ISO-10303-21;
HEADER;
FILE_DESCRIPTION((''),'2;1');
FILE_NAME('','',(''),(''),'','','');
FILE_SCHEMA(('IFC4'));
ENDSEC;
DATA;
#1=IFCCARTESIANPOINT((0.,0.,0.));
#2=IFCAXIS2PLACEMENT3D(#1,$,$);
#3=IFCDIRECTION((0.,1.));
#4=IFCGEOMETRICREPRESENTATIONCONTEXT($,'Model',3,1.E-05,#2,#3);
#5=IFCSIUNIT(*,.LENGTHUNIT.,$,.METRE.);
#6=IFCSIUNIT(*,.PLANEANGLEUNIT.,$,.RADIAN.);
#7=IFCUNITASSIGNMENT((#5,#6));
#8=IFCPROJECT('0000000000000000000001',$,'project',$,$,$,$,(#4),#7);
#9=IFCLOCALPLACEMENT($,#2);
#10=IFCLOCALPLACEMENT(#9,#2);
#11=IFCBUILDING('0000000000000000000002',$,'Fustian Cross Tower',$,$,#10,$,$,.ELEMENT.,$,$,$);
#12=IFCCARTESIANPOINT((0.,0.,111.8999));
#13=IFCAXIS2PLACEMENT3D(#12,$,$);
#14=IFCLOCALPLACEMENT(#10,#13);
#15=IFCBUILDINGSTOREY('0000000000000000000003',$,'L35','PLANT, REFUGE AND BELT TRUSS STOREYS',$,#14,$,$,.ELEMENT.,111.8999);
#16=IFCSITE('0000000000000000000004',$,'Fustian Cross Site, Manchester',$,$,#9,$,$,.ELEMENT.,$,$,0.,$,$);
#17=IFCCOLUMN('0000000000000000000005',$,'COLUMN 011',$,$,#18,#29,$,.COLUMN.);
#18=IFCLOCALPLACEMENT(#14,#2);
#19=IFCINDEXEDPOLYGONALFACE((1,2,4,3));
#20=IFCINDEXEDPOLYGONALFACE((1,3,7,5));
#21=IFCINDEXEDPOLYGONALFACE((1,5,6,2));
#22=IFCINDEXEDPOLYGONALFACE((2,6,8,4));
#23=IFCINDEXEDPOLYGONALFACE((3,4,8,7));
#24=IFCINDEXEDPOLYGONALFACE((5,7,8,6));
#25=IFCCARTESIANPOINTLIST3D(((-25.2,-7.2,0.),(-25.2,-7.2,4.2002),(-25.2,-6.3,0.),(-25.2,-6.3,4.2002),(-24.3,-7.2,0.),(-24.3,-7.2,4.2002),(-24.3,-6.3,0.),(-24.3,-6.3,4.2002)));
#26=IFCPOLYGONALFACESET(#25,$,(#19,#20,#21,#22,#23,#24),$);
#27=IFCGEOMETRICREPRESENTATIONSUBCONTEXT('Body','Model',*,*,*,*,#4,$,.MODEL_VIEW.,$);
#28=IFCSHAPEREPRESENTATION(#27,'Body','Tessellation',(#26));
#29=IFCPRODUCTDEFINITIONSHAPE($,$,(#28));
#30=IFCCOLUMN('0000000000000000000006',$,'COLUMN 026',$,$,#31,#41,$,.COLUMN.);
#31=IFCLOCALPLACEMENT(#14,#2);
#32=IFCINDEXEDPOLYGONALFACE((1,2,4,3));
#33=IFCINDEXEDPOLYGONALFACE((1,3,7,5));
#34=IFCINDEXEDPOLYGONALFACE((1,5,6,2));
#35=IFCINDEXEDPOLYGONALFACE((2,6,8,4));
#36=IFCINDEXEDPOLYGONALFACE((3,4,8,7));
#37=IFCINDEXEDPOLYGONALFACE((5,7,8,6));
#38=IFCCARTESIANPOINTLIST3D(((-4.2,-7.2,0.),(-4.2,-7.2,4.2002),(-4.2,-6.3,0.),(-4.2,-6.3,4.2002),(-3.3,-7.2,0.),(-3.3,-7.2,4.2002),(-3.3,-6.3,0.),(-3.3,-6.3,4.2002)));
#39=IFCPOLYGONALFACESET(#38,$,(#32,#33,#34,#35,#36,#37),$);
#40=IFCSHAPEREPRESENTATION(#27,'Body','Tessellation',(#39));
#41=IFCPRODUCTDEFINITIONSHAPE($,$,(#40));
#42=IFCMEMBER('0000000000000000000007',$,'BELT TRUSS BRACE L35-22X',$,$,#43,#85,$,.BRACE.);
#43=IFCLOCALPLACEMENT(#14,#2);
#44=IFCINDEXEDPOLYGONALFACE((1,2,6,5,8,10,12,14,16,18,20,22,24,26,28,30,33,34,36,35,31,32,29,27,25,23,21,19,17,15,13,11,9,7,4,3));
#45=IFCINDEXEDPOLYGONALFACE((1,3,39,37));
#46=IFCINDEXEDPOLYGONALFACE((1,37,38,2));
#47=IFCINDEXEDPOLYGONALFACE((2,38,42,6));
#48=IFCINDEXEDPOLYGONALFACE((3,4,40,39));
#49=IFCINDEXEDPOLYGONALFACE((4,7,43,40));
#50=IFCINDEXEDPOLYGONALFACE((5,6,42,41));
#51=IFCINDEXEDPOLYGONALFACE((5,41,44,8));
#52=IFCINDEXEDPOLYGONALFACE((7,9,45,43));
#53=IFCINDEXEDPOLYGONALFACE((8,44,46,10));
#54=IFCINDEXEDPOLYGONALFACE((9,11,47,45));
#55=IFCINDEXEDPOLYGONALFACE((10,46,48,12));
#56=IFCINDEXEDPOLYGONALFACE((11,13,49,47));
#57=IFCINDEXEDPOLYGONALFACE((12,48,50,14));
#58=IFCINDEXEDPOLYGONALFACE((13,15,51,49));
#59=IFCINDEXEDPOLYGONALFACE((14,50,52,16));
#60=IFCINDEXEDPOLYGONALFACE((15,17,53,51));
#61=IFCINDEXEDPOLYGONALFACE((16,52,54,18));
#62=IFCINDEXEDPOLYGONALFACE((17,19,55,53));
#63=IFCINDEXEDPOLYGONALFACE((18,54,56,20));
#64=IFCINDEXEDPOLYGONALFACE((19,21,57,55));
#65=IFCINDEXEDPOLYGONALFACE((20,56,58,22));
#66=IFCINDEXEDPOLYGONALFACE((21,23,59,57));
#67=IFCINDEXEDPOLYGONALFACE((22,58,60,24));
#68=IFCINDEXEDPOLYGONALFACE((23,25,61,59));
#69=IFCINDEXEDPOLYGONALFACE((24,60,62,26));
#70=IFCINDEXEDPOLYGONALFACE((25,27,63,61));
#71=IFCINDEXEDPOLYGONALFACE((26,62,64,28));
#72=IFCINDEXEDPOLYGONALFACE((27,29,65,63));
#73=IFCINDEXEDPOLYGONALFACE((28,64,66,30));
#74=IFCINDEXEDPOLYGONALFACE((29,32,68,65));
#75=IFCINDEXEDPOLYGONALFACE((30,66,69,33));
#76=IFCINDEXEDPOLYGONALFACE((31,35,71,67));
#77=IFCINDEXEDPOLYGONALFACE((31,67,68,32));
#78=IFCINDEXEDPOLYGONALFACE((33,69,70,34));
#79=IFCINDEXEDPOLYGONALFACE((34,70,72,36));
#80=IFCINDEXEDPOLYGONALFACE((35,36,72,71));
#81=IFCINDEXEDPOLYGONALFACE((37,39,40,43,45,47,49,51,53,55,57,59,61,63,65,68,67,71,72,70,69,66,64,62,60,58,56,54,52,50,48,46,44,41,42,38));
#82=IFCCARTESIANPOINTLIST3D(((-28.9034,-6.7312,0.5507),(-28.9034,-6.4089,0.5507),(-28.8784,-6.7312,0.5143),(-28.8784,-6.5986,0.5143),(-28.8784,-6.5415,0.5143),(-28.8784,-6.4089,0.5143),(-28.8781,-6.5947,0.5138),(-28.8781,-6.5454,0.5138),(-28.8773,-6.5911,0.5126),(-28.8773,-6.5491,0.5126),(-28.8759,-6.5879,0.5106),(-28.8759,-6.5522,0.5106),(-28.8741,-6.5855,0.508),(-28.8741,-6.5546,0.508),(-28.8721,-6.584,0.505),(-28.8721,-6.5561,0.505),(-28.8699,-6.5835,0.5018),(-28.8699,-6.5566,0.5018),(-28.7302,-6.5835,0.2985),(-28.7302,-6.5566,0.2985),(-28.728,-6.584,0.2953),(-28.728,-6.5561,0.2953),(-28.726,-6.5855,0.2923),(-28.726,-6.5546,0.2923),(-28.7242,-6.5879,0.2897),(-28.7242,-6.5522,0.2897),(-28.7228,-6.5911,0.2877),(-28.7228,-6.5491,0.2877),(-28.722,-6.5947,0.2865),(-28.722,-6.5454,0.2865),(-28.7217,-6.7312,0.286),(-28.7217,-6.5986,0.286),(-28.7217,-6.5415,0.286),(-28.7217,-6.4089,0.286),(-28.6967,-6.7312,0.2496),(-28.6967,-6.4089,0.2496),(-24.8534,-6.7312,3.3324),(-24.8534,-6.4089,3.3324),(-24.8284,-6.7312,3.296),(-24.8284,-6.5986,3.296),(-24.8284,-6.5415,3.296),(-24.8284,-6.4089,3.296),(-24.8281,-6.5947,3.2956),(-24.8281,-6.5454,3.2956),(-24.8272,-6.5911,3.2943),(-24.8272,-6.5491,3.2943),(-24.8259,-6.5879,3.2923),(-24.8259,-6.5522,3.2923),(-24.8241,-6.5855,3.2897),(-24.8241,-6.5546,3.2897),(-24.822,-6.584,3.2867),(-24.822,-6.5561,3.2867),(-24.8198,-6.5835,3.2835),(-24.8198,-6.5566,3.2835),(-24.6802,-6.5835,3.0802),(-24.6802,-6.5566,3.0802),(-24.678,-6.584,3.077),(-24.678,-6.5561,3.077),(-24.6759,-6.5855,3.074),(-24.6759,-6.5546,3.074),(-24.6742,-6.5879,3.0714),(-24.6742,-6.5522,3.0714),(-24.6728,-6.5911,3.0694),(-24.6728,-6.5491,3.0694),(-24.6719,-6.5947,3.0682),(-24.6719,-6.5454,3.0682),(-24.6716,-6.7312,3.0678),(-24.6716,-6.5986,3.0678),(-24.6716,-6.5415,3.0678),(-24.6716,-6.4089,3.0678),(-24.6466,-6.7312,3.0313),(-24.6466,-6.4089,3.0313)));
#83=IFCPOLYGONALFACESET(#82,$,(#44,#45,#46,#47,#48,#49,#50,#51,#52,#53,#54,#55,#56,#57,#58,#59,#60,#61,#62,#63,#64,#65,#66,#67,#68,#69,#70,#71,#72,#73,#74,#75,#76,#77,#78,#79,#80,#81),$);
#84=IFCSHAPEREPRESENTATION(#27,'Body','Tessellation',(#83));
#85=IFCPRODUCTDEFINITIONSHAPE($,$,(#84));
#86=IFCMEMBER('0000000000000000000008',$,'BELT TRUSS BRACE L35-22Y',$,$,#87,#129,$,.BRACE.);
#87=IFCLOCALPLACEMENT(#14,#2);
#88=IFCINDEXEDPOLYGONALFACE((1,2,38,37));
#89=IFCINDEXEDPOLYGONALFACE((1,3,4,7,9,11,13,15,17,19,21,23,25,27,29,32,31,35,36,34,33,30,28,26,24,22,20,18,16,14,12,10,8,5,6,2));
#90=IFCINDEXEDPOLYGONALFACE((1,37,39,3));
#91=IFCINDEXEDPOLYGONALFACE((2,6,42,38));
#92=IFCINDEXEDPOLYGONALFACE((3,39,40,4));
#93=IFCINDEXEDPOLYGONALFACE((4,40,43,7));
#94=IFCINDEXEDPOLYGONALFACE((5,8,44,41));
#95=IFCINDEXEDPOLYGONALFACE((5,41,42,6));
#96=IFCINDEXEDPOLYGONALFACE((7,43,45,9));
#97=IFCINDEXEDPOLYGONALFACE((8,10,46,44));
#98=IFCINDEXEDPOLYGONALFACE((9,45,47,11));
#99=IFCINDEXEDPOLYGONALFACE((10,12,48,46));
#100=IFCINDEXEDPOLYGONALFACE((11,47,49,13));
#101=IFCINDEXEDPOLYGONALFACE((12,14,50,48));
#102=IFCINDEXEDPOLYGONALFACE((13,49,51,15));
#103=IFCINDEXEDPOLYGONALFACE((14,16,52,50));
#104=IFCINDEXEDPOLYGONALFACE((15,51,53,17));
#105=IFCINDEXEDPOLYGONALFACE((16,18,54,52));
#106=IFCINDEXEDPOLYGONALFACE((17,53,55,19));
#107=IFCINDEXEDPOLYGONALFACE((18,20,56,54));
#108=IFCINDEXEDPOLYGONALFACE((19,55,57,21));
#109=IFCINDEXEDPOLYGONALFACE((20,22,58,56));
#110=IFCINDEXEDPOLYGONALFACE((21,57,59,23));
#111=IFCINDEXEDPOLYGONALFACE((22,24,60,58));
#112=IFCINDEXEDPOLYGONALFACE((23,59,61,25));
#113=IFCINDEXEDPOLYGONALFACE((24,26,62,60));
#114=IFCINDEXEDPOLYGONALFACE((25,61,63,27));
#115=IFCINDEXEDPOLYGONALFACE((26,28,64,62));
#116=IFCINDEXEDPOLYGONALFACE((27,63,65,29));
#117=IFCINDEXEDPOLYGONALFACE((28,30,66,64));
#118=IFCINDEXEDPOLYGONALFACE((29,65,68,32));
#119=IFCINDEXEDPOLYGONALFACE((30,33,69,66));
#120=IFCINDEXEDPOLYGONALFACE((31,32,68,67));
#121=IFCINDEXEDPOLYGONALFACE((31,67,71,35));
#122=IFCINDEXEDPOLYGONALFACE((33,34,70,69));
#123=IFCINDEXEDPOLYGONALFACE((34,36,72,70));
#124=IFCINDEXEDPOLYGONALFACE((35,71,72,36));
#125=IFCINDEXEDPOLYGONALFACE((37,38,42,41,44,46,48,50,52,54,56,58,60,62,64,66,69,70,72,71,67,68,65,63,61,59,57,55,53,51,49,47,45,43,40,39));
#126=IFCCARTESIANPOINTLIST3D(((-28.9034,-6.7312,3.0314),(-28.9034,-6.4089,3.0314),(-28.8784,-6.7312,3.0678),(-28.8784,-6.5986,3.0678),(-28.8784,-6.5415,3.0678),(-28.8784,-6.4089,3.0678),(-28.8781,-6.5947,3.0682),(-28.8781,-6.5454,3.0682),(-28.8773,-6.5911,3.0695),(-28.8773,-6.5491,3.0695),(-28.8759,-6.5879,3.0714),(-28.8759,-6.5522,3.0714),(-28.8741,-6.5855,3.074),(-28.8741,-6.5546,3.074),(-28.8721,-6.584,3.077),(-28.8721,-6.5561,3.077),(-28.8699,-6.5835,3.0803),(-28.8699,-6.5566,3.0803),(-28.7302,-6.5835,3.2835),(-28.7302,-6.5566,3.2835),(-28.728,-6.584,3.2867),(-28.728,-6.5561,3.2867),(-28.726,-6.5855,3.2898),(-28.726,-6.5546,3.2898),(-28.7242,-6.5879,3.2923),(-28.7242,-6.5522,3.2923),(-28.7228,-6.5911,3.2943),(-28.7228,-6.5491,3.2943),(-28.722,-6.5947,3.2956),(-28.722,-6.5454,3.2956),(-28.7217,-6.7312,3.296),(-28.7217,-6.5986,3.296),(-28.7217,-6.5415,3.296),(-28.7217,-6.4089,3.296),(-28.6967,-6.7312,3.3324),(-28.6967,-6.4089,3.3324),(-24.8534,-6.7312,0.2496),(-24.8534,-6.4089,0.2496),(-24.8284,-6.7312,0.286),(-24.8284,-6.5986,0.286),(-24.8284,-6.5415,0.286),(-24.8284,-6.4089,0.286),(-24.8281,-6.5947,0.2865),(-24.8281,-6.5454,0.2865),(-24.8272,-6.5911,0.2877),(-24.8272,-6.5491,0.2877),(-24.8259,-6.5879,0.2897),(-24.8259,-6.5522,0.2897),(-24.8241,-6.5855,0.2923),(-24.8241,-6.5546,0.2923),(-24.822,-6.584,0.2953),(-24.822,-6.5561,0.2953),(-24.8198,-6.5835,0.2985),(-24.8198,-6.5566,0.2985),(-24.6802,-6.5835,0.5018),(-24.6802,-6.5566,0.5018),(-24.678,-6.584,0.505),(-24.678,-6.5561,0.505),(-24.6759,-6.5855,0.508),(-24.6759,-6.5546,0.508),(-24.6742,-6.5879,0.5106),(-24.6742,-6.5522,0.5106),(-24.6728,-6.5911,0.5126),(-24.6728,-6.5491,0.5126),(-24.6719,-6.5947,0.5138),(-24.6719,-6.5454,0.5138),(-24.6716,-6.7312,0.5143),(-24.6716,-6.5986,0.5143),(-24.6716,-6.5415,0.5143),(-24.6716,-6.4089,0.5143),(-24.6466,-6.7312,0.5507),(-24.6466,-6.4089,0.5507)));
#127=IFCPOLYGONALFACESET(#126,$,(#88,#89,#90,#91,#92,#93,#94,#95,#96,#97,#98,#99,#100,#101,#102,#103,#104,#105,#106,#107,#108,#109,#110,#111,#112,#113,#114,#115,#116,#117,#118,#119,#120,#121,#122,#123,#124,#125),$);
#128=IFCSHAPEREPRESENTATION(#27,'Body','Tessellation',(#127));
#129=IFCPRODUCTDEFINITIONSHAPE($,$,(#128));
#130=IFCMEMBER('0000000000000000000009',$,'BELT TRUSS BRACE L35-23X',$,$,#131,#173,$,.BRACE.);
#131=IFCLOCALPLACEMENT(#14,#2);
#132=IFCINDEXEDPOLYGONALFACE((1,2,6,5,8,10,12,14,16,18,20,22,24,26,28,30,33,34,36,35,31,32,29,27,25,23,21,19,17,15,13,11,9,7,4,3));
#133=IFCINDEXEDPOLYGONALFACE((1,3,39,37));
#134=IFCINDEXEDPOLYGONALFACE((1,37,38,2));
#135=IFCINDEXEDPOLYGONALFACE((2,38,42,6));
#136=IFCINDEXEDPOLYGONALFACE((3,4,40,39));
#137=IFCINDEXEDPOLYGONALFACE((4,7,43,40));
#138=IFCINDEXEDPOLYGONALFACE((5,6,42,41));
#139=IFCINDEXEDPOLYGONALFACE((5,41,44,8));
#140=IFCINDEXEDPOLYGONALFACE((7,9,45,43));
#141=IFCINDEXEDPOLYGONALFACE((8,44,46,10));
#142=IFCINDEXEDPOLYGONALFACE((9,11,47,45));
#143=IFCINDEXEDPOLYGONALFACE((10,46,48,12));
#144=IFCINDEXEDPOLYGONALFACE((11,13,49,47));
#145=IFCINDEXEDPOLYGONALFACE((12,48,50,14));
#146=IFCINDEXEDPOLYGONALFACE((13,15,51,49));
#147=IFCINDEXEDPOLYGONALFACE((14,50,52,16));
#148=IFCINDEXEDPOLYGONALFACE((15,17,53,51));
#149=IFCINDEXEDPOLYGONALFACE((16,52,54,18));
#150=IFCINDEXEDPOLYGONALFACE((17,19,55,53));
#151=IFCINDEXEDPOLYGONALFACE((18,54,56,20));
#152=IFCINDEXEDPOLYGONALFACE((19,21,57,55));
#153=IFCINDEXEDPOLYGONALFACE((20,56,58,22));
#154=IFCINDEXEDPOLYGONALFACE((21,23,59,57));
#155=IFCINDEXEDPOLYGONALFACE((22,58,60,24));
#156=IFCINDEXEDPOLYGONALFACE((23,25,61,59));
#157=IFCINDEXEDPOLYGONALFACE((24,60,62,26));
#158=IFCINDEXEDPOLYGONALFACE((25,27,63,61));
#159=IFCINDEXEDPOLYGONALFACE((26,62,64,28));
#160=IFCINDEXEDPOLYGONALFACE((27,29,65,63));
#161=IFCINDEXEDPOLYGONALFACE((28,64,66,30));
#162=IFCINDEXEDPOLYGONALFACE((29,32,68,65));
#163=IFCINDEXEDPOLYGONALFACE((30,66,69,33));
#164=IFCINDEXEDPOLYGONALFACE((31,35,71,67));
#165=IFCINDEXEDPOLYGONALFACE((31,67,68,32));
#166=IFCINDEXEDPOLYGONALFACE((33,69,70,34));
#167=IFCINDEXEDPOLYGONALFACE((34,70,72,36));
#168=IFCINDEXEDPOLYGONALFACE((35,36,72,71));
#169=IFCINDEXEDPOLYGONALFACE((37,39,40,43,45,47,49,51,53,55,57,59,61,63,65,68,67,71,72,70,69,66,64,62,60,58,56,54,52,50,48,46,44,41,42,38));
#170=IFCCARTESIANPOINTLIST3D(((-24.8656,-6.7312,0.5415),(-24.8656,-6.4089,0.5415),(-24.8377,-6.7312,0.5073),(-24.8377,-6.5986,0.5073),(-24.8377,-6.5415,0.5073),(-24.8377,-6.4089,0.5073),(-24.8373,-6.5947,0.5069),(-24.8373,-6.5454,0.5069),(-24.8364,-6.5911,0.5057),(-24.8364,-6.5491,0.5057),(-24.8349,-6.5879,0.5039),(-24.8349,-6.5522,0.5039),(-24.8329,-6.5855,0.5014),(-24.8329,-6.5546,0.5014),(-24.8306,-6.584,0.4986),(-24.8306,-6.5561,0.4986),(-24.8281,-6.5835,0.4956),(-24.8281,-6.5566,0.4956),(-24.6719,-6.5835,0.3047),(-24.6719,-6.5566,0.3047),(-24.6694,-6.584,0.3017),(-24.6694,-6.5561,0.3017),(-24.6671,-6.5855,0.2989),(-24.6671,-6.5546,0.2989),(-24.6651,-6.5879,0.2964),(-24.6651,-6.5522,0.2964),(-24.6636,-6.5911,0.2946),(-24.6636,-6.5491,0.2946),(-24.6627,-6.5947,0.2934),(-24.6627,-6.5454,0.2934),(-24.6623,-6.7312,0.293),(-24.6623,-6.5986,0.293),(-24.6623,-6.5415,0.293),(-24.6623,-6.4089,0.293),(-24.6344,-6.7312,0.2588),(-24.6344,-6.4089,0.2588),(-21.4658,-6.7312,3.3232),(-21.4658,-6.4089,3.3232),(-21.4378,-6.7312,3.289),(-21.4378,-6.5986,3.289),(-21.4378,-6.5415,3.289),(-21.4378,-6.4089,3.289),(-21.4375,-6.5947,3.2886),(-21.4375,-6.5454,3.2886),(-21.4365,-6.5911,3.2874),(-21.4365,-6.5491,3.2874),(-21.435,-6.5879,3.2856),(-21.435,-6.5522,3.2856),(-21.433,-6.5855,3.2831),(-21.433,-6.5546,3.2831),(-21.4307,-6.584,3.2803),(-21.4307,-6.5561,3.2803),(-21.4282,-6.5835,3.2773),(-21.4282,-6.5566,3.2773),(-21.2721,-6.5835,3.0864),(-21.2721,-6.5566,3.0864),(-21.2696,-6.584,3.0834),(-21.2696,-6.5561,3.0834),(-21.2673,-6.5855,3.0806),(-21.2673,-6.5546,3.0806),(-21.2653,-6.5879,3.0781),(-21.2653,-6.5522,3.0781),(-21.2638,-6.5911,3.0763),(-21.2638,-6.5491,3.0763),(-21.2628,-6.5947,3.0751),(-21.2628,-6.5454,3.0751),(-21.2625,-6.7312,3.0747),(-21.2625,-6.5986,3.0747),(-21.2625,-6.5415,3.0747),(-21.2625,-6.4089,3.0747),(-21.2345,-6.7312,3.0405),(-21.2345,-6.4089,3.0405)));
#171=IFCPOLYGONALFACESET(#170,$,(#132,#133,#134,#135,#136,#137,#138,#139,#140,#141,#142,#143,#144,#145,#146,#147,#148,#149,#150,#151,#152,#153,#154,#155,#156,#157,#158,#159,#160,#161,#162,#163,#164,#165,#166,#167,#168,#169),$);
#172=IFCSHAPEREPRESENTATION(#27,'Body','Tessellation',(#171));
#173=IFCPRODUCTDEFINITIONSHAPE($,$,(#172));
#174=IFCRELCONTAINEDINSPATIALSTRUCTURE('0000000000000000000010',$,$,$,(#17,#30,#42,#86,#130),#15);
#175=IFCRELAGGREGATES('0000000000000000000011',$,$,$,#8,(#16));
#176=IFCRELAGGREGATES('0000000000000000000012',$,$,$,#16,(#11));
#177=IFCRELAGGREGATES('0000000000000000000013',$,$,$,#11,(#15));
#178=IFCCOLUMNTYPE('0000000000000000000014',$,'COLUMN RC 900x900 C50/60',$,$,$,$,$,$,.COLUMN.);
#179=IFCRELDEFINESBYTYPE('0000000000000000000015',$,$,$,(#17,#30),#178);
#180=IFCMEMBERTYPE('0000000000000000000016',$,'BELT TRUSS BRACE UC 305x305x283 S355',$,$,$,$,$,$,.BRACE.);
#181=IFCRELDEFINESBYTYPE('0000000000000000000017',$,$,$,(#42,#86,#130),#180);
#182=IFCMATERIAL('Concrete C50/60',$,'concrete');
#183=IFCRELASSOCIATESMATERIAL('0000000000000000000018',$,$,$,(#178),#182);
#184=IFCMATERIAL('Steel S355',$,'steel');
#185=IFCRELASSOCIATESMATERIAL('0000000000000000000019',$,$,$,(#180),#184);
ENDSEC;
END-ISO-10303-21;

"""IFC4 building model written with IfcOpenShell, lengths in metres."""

from ifc_helpers import new_model, si_unit, direction, frame, origin, origin_2d, place, context, subcontext, project, spatial, rectangle, i_section, extrude, material, material_profile, profile_set, type_object, element, save


model = new_model("IFC4")

# Units and contexts
model_context = context("Model", 3, precision=1e-05, world=origin(), true_north=direction((0.0, 1.0)))
body_context = subcontext(model_context, "Body", "Model", "MODEL_VIEW")
ifc_project = project(units=[si_unit("LENGTHUNIT", "METRE"), si_unit("PLANEANGLEUNIT", "RADIAN")], contexts=[model_context])

# Site, building, storey
site_placement = place(None, origin())
site = spatial("IfcSite", under=ifc_project, at=site_placement, Name="Fustian Cross Site, Manchester", CompositionType="ELEMENT", RefElevation=0.0)
building_placement = place(site_placement, origin())
building = spatial("IfcBuilding", under=site, at=building_placement, Name="Fustian Cross Tower", CompositionType="ELEMENT")
storey_placement = place(building_placement, frame((0.0, 0.0, 111.8999)))
storey = spatial("IfcBuildingStorey", under=building, at=storey_placement, Name="L35", Description="PLANT, REFUGE AND BELT TRUSS STOREYS", CompositionType="ELEMENT", Elevation=111.8999)

# Columns
ifc_material_1 = material(Name="Concrete C50/60", Category="concrete")
ifc_material_profile_1 = material_profile(ifc_material_1, rectangle(XDim=0.8999, YDim=0.8999, at=origin_2d()), Name="RC 900x900")
ifc_profile_set_1 = profile_set([ifc_material_profile_1], Name="Concrete C50/60")
column_type = type_object("IfcColumnType", Name="COLUMN RC 900x900 C50/60", PredefinedType="COLUMN", material=ifc_profile_set_1)
for number, where, z_axis, x_axis, name in (
    (1, (-24.75, -6.75, 0.0), (0.0, 0.0, 1.0), (1.0, 0.0, 0.0), "COLUMN 011"),
    (2, (-3.75, -6.75, 0.0), (0.0, 0.0, 1.0), (1.0, 0.0, 0.0), "COLUMN 026"),
):
    element("IfcColumn", number, at=place(storey_placement, frame(where, z_axis=z_axis, x_axis=x_axis)), inside=storey, type_object=column_type, Name=name, PredefinedType="COLUMN", context=body_context, shape_type="SweptSolid", body=[
        extrude(rectangle(XDim=0.8999, YDim=0.8999, at=origin_2d()), origin(), (0.0, 0.0, 1.0), 4.2002),
    ])

# Members
ifc_material_2 = material(Name="Steel S355", Category="steel")
ifc_material_profile_2 = material_profile(ifc_material_2, i_section(OverallWidth=0.3223, OverallDepth=0.3652, WebThickness=0.0269, FlangeThickness=0.0442, FilletRadius=0.0151, at=origin_2d()), Name="UC 305x305x283")
ifc_profile_set_2 = profile_set([ifc_material_profile_2], Name="Steel S355")
member_type_1 = type_object("IfcMemberType", Name="BELT TRUSS BRACE UC 305x305x283 S355", PredefinedType="BRACE", material=ifc_profile_set_2)
for number, where, z_axis, x_axis, name in (
    (3, (-28.8, -6.5701, 0.4001), (0.824296, 0.0, 0.56616), (0.0, 1.0, 0.0), "BELT TRUSS BRACE L35-22X"),
    (4, (-28.8, -6.5701, 3.1819), (0.824296, 0.0, -0.56616), (0.0, 1.0, 0.0), "BELT TRUSS BRACE L35-22Y"),
):
    element("IfcMember", number, at=place(storey_placement, frame(where, z_axis=z_axis, x_axis=x_axis)), inside=storey, type_object=member_type_1, Name=name, PredefinedType="BRACE", context=body_context, shape_type="SweptSolid", body=[
        extrude(i_section(OverallWidth=0.3223, OverallDepth=0.3652, WebThickness=0.0269, FlangeThickness=0.0442, FilletRadius=0.0151, at=origin_2d()), origin(), (0.0, 0.0, 1.0), 4.9133),
    ])
for number, where, z_axis, x_axis, name in (
    (5, (-24.75, -6.5701, 0.4001), (0.773957, 0.0, 0.633238), (0.0, 1.0, 0.0), "BELT TRUSS BRACE L35-23X"),
):
    element("IfcMember", number, at=place(storey_placement, frame(where, z_axis=z_axis, x_axis=x_axis)), inside=storey, type_object=member_type_1, Name=name, PredefinedType="BRACE", context=body_context, shape_type="SweptSolid", body=[
        extrude(i_section(OverallWidth=0.3223, OverallDepth=0.3652, WebThickness=0.0269, FlangeThickness=0.0442, FilletRadius=0.0151, at=origin_2d()), origin(), (0.0, 0.0, 1.0), 4.3928),
    ])

save(model, "model.ifc")
